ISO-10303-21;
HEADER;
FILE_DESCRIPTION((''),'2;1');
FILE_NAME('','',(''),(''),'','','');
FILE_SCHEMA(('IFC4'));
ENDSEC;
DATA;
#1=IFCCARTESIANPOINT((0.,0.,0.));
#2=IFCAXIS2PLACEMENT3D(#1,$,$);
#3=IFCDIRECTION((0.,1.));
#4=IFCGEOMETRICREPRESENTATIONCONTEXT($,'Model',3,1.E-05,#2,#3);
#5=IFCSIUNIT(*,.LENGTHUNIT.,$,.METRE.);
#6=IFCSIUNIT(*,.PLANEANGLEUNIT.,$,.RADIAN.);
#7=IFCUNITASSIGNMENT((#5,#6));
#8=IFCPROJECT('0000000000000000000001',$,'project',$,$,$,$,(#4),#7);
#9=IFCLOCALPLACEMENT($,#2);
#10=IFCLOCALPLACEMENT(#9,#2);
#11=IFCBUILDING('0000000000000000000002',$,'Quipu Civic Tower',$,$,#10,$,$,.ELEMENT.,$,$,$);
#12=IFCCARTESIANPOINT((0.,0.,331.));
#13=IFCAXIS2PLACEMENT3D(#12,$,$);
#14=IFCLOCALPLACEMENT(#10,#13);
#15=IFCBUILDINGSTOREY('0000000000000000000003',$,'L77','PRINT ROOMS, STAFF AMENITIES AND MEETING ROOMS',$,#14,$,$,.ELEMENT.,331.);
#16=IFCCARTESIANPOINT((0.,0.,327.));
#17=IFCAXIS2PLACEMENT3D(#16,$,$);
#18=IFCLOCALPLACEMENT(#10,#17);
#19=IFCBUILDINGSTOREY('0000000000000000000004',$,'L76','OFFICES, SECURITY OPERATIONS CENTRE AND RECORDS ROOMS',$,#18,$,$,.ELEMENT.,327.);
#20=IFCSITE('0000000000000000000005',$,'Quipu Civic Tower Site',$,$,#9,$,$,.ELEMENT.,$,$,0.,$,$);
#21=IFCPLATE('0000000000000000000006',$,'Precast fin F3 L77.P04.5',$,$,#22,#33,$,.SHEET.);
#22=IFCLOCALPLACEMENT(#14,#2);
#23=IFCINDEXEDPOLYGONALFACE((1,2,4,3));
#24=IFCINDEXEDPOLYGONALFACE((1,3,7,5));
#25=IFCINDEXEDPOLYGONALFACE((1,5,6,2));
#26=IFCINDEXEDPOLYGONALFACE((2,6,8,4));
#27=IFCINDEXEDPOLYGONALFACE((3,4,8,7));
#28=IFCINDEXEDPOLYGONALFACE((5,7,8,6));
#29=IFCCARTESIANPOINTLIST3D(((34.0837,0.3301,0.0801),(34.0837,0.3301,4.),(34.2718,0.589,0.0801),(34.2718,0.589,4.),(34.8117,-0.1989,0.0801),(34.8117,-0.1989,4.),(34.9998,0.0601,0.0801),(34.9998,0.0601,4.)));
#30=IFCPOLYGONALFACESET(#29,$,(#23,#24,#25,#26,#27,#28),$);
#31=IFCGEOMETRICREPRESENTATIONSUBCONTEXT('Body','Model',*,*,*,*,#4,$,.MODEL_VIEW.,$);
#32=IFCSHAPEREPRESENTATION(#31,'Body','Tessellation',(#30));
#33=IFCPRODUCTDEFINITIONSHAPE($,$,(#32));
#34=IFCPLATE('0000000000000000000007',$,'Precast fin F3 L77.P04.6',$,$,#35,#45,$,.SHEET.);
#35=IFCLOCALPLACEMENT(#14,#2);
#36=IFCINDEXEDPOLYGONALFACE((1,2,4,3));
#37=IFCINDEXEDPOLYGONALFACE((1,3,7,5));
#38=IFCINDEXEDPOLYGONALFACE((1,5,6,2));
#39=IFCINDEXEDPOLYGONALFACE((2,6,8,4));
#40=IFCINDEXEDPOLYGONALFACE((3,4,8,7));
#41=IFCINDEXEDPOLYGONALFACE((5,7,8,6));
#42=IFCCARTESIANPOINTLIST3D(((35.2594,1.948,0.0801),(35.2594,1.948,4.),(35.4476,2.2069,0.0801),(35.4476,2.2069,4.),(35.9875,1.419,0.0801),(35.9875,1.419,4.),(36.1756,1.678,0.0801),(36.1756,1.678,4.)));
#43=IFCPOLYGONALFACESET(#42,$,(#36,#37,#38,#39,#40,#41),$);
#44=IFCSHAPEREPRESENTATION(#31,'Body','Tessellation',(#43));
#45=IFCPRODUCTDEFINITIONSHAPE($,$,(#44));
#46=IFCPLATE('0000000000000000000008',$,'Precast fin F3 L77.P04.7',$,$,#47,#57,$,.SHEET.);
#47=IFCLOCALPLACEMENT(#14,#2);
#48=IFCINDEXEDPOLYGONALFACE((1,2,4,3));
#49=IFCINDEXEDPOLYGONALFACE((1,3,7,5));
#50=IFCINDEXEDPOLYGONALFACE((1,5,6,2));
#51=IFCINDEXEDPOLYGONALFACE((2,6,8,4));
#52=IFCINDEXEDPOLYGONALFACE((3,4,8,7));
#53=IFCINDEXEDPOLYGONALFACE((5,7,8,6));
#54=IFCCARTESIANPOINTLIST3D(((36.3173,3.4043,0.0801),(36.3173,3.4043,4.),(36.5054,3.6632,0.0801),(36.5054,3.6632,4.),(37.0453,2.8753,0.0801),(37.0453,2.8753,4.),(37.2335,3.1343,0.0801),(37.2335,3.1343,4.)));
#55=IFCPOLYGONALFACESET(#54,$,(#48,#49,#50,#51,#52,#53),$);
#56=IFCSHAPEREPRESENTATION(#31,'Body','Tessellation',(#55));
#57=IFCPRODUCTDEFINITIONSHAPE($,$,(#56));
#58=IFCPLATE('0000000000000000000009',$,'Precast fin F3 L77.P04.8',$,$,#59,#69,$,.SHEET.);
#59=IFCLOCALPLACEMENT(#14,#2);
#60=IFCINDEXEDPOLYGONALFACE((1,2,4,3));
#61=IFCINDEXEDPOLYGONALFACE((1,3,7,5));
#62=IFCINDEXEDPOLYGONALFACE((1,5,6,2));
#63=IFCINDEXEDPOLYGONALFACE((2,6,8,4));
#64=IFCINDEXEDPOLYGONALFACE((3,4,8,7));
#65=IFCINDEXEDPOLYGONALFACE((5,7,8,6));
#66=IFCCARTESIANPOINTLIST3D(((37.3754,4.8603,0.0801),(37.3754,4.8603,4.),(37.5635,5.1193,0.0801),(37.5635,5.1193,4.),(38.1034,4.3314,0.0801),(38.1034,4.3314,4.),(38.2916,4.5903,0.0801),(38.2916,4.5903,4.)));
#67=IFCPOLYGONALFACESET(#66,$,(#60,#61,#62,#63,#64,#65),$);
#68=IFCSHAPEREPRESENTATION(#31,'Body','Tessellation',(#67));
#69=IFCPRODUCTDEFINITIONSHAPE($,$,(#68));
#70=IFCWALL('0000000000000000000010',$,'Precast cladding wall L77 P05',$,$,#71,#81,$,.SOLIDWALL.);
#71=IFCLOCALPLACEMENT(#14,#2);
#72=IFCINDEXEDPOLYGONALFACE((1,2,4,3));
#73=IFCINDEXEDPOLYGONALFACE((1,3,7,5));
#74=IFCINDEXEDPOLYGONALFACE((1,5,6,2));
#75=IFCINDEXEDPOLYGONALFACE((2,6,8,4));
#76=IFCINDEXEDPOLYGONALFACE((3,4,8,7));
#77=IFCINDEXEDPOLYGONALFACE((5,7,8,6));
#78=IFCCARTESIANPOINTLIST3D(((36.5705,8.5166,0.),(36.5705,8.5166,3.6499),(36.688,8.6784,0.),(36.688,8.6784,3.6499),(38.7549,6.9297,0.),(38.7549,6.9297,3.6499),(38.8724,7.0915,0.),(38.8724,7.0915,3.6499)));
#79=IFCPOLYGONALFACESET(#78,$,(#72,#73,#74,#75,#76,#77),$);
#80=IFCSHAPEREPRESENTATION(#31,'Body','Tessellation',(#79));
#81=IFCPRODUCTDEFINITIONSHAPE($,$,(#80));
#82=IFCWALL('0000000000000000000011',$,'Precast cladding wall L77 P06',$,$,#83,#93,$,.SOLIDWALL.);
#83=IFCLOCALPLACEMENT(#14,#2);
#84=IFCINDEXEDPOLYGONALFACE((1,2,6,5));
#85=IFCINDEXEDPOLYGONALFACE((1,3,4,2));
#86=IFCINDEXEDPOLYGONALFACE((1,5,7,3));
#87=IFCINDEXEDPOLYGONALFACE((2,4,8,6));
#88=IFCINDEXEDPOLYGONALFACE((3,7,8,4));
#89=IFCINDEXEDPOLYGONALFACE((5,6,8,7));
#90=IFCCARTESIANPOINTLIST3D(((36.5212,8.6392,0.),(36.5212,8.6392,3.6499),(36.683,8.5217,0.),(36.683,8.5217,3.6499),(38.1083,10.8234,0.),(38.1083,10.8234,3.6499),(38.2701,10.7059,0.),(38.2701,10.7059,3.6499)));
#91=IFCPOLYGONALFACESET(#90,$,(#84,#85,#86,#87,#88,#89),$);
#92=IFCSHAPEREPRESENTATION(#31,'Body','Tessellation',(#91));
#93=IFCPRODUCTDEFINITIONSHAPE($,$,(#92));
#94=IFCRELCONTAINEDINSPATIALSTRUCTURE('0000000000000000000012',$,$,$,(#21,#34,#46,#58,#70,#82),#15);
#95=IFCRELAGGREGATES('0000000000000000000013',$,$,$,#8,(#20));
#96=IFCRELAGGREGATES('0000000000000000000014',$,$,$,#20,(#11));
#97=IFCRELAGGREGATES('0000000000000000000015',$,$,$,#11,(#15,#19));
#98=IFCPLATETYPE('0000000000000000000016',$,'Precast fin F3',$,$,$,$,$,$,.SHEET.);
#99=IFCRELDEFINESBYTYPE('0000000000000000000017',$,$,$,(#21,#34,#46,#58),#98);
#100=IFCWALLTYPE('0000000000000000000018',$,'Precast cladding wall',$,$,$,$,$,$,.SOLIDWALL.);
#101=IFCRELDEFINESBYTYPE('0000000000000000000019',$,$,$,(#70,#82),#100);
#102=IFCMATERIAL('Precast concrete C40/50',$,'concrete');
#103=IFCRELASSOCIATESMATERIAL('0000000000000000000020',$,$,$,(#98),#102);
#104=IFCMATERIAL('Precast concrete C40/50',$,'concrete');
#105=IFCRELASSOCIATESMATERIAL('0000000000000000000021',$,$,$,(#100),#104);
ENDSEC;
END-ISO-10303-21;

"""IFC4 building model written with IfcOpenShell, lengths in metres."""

from ifc_helpers import new_model, si_unit, direction, frame, frame_2d, origin, origin_2d, place, context, subcontext, project, spatial, rectangle, extrude, material, type_object, element, save


model = new_model("IFC4")

# Units and contexts
model_context = context("Model", 3, precision=1e-05, world=origin(), true_north=direction((0.0, 1.0)))
body_context = subcontext(model_context, "Body", "Model", "MODEL_VIEW")
ifc_project = project(units=[si_unit("LENGTHUNIT", "METRE"), si_unit("PLANEANGLEUNIT", "RADIAN")], contexts=[model_context])

# Site, building, storey
site_placement = place(None, origin())
site = spatial("IfcSite", under=ifc_project, at=site_placement, Name="Quipu Civic Tower Site", CompositionType="ELEMENT", RefElevation=0.0)
building_placement = place(site_placement, origin())
building = spatial("IfcBuilding", under=site, at=building_placement, Name="Quipu Civic Tower", CompositionType="ELEMENT")
storey_1_placement = place(building_placement, frame((0.0, 0.0, 331.0)))
storey_1 = spatial("IfcBuildingStorey", under=building, at=storey_1_placement, Name="L77", Description="PRINT ROOMS, STAFF AMENITIES AND MEETING ROOMS", CompositionType="ELEMENT", Elevation=331.0)

# Shared definitions
storey_2_placement = place(building_placement, frame((0.0, 0.0, 327.0)))
storey_2 = spatial("IfcBuildingStorey", under=building, at=storey_2_placement, Name="L76", Description="OFFICES, SECURITY OPERATIONS CENTRE AND RECORDS ROOMS", CompositionType="ELEMENT", Elevation=327.0)

# Plates
ifc_material_1 = material(Name="Precast concrete C40/50", Category="concrete")
plate_type_1 = type_object("IfcPlateType", Name="Precast fin F3", PredefinedType="SHEET", material=ifc_material_1)
for number, where, z_axis, x_axis, name in (
    (1, (34.5417, 0.1951, 0.0801), (0.0, 0.0, 1.0), (0.587787, 0.809016, 0.0), "Precast fin F3 L77.P04.5"),
    (2, (35.7175, 1.813, 0.0801), (0.0, 0.0, 1.0), (0.587787, 0.809016, 0.0), "Precast fin F3 L77.P04.6"),
    (3, (36.7754, 3.2693, 0.0801), (0.0, 0.0, 1.0), (0.587787, 0.809016, 0.0), "Precast fin F3 L77.P04.7"),
    (4, (37.8335, 4.7253, 0.0801), (0.0, 0.0, 1.0), (0.587787, 0.809016, 0.0), "Precast fin F3 L77.P04.8"),
):
    element("IfcPlate", number, at=place(storey_1_placement, frame(where, z_axis=z_axis, x_axis=x_axis)), inside=storey_1, type_object=plate_type_1, Name=name, PredefinedType="SHEET", context=body_context, shape_type="SweptSolid", body=[
        extrude(rectangle(XDim=0.3201, YDim=0.8999, at=origin_2d()), origin(), (0.0, 0.0, 1.0), 3.9199),
    ])

# Walls
ifc_material_2 = material(Name="Precast concrete C40/50", Category="concrete")
wall_type = type_object("IfcWallType", Name="Precast cladding wall", PredefinedType="SOLIDWALL", material=ifc_material_2)
for number, where, z_axis, x_axis, name in (
    (5, (38.8137, 7.0105, 0.0), (0.0, 0.0, 1.0), (-0.809033, 0.587763, 0.0), "Precast cladding wall L77 P05"),
    (6, (36.6021, 8.5803, 0.0), (0.0, 0.0, 1.0), (0.587822, 0.80899, 0.0), "Precast cladding wall L77 P06"),
):
    element("IfcWall", number, at=place(storey_1_placement, frame(where, z_axis=z_axis, x_axis=x_axis)), inside=storey_1, type_object=wall_type, Name=name, PredefinedType="SOLIDWALL", context=body_context, shape_type="SweptSolid", body=[
        extrude(rectangle(XDim=2.7, YDim=0.2, at=frame_2d((1.3501, 0.0))), origin(), (0.0, 0.0, 1.0), 3.6499),
    ])

save(model, "model.ifc")
